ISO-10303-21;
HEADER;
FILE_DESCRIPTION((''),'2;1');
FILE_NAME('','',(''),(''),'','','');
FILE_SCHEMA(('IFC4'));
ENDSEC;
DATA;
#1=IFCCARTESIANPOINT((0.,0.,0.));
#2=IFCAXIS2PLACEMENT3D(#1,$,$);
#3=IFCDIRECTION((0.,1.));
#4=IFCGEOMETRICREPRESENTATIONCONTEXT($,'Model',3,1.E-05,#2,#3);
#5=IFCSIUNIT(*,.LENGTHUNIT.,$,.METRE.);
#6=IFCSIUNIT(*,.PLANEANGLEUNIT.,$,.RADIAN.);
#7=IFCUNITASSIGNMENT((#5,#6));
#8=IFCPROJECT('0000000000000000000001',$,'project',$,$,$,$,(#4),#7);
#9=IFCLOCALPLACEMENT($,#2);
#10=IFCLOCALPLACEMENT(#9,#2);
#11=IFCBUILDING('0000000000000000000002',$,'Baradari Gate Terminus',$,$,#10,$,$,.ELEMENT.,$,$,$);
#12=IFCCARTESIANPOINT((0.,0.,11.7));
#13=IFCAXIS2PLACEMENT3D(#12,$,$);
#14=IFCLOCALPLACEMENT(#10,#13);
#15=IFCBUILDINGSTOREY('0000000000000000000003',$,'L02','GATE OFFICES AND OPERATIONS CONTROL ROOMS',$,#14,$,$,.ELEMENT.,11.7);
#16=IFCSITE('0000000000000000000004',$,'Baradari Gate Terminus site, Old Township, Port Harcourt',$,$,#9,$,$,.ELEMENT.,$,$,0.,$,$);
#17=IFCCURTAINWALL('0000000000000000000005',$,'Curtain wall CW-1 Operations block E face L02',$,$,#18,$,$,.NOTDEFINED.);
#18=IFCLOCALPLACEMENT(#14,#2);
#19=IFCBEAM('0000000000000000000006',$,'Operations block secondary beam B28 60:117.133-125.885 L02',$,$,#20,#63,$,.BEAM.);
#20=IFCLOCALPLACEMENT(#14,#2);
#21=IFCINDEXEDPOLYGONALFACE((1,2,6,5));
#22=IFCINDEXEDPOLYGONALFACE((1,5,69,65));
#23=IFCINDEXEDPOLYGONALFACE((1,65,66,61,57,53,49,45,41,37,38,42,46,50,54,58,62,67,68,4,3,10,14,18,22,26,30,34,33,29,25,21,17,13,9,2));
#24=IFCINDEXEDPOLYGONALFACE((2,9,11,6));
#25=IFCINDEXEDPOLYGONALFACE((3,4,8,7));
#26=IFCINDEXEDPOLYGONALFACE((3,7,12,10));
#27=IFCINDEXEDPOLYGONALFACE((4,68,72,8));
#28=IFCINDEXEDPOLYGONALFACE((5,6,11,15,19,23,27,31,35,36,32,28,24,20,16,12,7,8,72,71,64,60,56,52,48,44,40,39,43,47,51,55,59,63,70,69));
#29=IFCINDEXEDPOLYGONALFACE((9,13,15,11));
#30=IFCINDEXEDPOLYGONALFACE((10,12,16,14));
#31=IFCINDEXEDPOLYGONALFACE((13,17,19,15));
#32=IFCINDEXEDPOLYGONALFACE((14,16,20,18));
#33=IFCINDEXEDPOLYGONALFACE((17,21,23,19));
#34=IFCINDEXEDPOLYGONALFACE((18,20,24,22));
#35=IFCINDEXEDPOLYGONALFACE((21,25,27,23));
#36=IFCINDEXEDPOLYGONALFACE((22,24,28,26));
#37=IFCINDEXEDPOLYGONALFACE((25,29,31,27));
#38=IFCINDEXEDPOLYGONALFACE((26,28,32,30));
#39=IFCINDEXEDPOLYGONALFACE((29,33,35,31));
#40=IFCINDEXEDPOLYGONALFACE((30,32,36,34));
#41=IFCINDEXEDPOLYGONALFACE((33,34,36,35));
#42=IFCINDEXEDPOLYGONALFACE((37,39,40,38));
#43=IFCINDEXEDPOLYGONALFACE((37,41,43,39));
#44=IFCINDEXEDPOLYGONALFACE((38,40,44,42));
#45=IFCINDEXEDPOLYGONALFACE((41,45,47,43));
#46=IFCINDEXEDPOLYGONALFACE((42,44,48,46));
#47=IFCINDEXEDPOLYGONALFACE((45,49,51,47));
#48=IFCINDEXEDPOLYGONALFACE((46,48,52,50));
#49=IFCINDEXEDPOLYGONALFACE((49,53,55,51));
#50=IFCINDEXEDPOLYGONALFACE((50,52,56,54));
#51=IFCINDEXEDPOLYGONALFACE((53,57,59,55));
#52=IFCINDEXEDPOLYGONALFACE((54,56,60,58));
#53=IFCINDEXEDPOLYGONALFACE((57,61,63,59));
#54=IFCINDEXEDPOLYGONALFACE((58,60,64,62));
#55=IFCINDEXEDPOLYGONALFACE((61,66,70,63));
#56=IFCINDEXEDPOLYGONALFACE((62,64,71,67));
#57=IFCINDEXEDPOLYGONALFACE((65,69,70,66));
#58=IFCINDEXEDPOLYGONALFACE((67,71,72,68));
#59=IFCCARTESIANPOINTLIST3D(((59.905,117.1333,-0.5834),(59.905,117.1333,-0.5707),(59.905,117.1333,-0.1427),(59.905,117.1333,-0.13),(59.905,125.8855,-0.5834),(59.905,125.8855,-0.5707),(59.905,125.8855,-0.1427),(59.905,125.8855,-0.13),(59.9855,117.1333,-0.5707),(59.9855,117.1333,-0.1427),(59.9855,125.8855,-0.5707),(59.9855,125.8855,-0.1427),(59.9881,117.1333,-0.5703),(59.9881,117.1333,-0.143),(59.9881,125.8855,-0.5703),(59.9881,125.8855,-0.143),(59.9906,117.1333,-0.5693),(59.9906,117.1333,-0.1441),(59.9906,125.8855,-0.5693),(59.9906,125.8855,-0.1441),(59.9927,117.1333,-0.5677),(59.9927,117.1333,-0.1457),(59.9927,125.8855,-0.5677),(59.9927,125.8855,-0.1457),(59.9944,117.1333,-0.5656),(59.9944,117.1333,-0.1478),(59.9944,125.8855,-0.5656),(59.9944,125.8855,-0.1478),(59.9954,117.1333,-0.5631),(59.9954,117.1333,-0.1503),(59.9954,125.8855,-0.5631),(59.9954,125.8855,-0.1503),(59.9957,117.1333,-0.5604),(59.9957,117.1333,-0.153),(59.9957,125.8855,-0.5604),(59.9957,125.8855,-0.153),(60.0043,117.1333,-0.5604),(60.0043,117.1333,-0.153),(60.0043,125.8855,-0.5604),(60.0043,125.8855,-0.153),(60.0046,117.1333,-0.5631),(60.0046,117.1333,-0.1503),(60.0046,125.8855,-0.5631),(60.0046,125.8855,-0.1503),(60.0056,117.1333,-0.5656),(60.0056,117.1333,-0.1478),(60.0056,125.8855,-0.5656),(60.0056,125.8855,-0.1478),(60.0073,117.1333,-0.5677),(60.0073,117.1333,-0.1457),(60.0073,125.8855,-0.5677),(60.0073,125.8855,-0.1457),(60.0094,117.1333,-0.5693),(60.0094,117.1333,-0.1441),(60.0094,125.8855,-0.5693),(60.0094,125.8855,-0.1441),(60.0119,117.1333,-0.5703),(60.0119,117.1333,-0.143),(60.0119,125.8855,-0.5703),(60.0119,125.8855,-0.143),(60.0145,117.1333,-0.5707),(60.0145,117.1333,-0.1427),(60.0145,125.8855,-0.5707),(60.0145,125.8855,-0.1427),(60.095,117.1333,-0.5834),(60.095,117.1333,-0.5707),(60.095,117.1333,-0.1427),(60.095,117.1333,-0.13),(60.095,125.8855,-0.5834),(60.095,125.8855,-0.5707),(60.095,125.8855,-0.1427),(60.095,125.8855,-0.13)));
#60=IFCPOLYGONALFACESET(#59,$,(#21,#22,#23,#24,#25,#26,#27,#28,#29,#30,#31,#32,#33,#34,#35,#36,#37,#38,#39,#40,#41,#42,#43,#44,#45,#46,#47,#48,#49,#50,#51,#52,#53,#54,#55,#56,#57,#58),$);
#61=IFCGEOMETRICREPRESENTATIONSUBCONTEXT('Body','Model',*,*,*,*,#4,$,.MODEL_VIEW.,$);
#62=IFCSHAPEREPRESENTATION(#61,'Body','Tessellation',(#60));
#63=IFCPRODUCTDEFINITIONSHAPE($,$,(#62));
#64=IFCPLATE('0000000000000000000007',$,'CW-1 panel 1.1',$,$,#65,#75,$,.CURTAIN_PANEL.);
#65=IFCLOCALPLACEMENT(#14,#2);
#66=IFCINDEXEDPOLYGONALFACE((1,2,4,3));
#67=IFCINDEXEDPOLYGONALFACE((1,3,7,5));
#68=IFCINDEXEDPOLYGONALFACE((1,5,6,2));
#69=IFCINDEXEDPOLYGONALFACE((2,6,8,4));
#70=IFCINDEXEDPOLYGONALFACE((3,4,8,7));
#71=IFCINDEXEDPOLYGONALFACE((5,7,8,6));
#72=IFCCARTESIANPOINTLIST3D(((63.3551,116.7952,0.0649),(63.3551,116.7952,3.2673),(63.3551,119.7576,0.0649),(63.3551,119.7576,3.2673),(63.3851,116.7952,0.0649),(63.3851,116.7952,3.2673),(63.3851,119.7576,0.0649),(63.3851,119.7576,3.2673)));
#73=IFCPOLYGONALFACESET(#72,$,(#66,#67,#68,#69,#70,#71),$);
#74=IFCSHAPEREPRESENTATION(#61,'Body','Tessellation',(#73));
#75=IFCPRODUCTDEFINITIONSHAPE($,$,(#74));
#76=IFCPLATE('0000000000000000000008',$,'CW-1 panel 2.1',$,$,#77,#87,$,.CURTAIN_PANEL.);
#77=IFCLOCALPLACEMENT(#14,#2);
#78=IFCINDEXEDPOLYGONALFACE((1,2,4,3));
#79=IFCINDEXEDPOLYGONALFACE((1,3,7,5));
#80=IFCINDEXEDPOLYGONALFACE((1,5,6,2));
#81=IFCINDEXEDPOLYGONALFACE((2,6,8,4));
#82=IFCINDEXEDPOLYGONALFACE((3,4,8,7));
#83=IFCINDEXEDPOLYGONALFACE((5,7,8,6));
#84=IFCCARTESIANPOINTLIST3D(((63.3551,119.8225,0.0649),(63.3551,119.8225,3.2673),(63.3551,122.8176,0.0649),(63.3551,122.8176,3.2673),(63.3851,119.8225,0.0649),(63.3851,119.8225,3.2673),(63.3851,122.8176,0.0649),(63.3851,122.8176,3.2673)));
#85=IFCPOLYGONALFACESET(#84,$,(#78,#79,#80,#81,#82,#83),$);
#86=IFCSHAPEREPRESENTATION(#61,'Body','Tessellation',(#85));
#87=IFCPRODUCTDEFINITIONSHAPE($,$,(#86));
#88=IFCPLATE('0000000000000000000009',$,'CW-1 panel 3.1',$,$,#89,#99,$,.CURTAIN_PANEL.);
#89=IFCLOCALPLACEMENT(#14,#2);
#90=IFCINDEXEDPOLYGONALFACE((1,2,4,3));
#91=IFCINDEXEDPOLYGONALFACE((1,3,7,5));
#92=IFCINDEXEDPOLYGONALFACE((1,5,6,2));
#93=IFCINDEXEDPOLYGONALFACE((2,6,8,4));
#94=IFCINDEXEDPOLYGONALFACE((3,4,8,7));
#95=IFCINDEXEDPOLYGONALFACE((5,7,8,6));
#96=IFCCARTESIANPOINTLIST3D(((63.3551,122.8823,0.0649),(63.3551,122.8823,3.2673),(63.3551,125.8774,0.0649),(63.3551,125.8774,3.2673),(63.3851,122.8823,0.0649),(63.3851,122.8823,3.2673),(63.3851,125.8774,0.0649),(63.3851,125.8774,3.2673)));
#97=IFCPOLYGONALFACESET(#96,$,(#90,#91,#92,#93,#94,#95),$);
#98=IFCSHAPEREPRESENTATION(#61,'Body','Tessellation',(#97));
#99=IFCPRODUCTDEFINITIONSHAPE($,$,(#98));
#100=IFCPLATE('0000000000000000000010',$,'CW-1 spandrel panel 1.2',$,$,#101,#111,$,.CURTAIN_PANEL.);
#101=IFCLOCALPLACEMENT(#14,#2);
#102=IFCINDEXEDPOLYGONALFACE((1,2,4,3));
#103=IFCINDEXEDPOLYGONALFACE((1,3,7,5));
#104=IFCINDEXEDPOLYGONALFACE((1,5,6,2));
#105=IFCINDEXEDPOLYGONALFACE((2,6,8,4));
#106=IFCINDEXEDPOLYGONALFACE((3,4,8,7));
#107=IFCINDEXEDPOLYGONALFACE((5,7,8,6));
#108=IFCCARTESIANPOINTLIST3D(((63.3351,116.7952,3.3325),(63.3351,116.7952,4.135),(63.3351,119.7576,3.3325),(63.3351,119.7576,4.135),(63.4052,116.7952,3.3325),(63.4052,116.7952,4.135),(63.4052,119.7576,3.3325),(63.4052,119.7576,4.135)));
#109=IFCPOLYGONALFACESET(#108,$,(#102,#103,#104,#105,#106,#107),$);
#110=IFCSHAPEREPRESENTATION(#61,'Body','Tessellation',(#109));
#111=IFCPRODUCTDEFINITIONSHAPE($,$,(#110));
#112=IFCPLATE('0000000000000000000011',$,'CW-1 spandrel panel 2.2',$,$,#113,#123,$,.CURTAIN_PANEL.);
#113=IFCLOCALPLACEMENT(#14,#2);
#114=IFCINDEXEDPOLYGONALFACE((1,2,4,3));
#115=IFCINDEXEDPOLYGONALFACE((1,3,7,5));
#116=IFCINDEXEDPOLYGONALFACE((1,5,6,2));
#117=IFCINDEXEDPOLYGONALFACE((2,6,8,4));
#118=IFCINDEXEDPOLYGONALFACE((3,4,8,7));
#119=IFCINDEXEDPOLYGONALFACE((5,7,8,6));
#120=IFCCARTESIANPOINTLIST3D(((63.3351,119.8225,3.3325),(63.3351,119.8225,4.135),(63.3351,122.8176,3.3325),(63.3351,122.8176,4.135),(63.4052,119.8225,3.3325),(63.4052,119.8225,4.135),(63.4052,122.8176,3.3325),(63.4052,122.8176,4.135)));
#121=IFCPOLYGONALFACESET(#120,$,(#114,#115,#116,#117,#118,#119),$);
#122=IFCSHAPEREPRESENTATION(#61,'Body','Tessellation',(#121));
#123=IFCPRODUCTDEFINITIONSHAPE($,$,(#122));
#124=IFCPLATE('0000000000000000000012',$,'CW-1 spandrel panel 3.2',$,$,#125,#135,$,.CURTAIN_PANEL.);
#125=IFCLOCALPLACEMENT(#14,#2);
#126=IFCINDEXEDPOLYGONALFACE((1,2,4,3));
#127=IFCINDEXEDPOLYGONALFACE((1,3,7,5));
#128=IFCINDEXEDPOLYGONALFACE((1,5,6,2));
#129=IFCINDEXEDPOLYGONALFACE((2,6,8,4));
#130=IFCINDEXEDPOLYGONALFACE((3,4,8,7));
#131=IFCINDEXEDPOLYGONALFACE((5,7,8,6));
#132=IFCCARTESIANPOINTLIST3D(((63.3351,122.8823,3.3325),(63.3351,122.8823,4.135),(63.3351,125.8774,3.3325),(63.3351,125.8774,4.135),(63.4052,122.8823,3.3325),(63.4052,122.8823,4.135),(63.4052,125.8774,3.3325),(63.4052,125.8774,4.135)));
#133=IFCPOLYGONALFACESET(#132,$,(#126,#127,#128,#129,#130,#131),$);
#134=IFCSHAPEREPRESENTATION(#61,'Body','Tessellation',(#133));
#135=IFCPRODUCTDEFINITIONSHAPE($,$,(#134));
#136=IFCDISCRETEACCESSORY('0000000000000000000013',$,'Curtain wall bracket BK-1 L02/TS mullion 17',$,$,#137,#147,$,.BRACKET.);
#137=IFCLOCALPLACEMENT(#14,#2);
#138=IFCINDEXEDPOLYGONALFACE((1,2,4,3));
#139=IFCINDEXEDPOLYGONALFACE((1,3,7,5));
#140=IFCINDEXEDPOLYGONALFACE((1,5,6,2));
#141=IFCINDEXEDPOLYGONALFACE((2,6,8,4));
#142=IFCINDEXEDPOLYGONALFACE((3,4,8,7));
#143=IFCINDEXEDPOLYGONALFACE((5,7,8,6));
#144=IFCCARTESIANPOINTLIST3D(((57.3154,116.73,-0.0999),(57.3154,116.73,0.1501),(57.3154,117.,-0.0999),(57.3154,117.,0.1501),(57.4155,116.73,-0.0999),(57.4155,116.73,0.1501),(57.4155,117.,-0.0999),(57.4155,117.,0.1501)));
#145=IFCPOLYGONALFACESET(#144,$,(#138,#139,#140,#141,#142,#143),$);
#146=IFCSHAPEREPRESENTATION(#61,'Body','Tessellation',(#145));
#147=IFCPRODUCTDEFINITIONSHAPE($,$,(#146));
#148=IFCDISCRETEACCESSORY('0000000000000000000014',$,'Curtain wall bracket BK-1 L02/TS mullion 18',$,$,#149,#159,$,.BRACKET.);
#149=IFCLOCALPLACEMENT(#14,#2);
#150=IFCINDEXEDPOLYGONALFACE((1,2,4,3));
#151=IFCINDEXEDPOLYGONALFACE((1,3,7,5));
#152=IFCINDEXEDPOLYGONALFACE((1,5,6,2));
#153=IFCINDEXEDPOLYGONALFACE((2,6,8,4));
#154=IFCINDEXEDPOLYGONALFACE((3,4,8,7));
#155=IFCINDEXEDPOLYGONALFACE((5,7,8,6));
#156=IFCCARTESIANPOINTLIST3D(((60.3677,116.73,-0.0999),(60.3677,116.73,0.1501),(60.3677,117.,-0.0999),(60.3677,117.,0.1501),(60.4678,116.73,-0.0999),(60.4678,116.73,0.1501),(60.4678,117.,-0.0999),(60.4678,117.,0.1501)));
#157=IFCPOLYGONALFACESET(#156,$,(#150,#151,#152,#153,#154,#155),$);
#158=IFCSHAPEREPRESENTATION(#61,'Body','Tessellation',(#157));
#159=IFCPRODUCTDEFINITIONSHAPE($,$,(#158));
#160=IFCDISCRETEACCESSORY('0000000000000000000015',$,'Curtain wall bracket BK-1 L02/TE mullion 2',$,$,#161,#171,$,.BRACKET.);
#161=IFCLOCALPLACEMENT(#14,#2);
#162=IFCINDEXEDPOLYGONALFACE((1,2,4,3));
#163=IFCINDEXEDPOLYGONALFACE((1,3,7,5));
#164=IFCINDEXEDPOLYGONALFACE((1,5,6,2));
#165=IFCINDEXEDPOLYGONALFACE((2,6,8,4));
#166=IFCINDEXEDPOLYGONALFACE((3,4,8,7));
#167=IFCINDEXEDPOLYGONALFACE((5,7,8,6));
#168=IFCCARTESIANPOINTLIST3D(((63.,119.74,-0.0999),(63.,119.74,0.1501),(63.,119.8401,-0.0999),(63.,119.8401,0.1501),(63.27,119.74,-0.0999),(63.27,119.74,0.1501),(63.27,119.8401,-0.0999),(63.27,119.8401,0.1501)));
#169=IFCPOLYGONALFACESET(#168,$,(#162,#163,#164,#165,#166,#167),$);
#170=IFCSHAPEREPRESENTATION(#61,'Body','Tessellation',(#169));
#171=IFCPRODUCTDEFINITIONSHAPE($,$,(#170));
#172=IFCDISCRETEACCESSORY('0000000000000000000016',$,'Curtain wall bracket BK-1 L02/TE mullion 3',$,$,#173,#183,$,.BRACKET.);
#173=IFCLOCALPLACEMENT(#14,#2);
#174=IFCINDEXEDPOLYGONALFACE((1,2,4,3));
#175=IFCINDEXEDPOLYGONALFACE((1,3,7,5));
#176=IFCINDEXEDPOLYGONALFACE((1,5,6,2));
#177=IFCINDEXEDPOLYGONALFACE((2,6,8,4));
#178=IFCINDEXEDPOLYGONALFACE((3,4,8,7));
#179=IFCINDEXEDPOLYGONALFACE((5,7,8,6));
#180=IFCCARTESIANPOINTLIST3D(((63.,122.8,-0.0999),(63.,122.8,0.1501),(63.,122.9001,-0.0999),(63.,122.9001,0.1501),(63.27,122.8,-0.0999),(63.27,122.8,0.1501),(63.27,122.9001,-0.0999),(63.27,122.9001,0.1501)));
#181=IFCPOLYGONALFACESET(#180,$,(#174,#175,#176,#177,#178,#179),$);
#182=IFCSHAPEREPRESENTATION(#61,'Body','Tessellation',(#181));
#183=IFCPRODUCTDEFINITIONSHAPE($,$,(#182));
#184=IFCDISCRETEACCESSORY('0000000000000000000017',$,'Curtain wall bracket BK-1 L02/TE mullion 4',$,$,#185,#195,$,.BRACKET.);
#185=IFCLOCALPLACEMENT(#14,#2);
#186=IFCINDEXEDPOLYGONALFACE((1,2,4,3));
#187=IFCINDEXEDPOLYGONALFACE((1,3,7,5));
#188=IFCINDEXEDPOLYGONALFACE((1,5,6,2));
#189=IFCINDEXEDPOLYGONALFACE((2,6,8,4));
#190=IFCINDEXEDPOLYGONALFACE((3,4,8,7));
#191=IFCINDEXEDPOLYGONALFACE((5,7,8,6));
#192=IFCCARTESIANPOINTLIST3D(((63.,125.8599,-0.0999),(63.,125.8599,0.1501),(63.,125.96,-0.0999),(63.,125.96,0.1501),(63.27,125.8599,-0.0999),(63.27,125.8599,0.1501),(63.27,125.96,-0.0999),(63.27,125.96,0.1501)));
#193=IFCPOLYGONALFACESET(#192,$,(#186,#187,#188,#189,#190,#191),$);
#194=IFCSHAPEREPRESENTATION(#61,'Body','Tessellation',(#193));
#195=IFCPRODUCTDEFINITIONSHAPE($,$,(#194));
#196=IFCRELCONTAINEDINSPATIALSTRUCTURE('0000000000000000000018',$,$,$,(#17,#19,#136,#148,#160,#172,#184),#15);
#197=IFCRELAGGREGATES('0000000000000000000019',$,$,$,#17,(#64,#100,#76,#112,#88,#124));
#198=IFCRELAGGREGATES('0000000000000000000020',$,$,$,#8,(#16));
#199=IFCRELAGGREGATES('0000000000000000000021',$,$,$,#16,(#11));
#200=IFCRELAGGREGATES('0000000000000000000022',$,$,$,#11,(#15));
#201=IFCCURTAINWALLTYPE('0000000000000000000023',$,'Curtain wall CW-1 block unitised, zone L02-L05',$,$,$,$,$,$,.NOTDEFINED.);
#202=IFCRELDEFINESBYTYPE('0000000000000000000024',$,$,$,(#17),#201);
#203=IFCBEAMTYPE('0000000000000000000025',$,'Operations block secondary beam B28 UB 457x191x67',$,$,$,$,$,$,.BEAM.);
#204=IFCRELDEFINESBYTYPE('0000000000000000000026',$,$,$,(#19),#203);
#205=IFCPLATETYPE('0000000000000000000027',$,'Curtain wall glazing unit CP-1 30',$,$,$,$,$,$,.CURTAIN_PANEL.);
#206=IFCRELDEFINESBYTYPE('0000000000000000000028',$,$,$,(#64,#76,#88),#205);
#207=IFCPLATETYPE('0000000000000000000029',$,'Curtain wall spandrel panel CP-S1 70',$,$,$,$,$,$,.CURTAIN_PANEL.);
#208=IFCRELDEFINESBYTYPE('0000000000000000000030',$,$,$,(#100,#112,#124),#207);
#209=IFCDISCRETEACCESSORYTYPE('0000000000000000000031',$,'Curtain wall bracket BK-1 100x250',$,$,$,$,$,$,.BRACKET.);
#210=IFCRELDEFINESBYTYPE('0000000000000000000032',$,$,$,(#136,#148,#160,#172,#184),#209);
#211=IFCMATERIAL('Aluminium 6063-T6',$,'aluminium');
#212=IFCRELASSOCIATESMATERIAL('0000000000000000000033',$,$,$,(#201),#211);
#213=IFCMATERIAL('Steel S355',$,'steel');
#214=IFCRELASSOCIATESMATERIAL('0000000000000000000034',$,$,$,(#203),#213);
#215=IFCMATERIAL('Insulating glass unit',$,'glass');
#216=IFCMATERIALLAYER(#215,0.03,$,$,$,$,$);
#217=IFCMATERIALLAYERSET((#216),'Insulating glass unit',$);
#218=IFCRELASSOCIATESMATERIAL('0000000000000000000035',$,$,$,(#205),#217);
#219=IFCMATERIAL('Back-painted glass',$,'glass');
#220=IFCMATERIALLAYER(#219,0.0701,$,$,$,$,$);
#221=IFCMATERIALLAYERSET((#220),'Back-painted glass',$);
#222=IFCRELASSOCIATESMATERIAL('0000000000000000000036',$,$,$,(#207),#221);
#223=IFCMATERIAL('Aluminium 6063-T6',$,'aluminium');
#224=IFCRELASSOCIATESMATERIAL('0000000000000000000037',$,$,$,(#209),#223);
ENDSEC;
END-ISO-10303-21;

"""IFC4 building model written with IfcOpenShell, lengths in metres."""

from ifc_helpers import new_model, si_unit, direction, frame, origin, origin_2d, place, context, subcontext, project, spatial, rectangle, i_section, extrude, material, layer, layer_set, material_profile, profile_set, type_object, element, aggregate, save


model = new_model("IFC4")

# Units and contexts
model_context = context("Model", 3, precision=1e-05, world=origin(), true_north=direction((0.0, 1.0)))
body_context = subcontext(model_context, "Body", "Model", "MODEL_VIEW")
ifc_project = project(units=[si_unit("LENGTHUNIT", "METRE"), si_unit("PLANEANGLEUNIT", "RADIAN")], contexts=[model_context])

# Site, building, storey
site_placement = place(None, origin())
site = spatial("IfcSite", under=ifc_project, at=site_placement, Name="Baradari Gate Terminus site, Old Township, Port Harcourt", CompositionType="ELEMENT", RefElevation=0.0)
building_placement = place(site_placement, origin())
building = spatial("IfcBuilding", under=site, at=building_placement, Name="Baradari Gate Terminus", CompositionType="ELEMENT")
storey_placement = place(building_placement, frame((0.0, 0.0, 11.7)))
storey = spatial("IfcBuildingStorey", under=building, at=storey_placement, Name="L02", Description="GATE OFFICES AND OPERATIONS CONTROL ROOMS", CompositionType="ELEMENT", Elevation=11.7)

# Curtain wall
ifc_material_1 = material(Name="Aluminium 6063-T6", Category="aluminium")
curtain_wall_type = type_object("IfcCurtainWallType", Name="Curtain wall CW-1 block unitised, zone L02-L05", PredefinedType="NOTDEFINED", material=ifc_material_1)
curtain_wall_placement = place(storey_placement, origin())
curtain_wall = element("IfcCurtainWall", 1, at=curtain_wall_placement, inside=storey, type_object=curtain_wall_type, Name="Curtain wall CW-1 Operations block E face L02", PredefinedType="NOTDEFINED")

# Beam
ifc_material_2 = material(Name="Steel S355", Category="steel")
ifc_material_profile_1 = material_profile(ifc_material_2, i_section(OverallWidth=0.1899, OverallDepth=0.4534, WebThickness=0.0085, FlangeThickness=0.0127, FilletRadius=0.0103, at=origin_2d()), Name="UB 457x191x67")
ifc_profile_set_1 = profile_set([ifc_material_profile_1], Name="Steel S355")
beam_type_1 = type_object("IfcBeamType", Name="Operations block secondary beam B28 UB 457x191x67", PredefinedType="BEAM", material=ifc_profile_set_1)
beam_1_placement = place(storey_placement, frame((60.0, 117.1333, -0.3567), z_axis=(0.0, 1.0, 0.0), x_axis=(-1.0, 0.0, 0.0)))
element("IfcBeam", 2, at=beam_1_placement, inside=storey, type_object=beam_type_1, Name="Operations block secondary beam B28 60:117.133-125.885 L02", PredefinedType="BEAM", context=body_context, shape_type="SweptSolid", body=[
    extrude(i_section(OverallWidth=0.1899, OverallDepth=0.4534, WebThickness=0.0085, FlangeThickness=0.0127, FilletRadius=0.0103, at=origin_2d()), origin(), (0.0, 0.0, 1.0), 8.7522),
])

# Plates
ifc_material_3 = material(Name="Insulating glass unit", Category="glass")
ifc_layer_1 = layer(ifc_material_3, 0.03)
ifc_layer_set_1 = layer_set([ifc_layer_1], Name="Insulating glass unit")
plate_type_1 = type_object("IfcPlateType", Name="Curtain wall glazing unit CP-1 30", PredefinedType="CURTAIN_PANEL", material=ifc_layer_set_1)
plate_1_placement = place(storey_placement, frame((63.3701, 118.2764, 0.0649), z_axis=(0.0, 0.0, 1.0), x_axis=(0.0, 1.0, 0.0)))
plate_1 = element("IfcPlate", 3, at=plate_1_placement, type_object=plate_type_1, Name="CW-1 panel 1.1", PredefinedType="CURTAIN_PANEL", context=body_context, shape_type="SweptSolid", body=[
    extrude(rectangle(XDim=2.9624, YDim=0.03, at=origin_2d()), origin(), (0.0, 0.0, 1.0), 3.2024),
])
plate_2_placement = place(storey_placement, frame((63.3701, 121.3201, 0.0649), z_axis=(0.0, 0.0, 1.0), x_axis=(0.0, 1.0, 0.0)))
plate_2 = element("IfcPlate", 4, at=plate_2_placement, type_object=plate_type_1, Name="CW-1 panel 2.1", PredefinedType="CURTAIN_PANEL", context=body_context, shape_type="SweptSolid", body=[
    extrude(rectangle(XDim=2.9951, YDim=0.03, at=origin_2d()), origin(), (0.0, 0.0, 1.0), 3.2024),
])
plate_3_placement = place(storey_placement, frame((63.3701, 124.3799, 0.0649), z_axis=(0.0, 0.0, 1.0), x_axis=(0.0, 1.0, 0.0)))
plate_3 = element("IfcPlate", 5, at=plate_3_placement, type_object=plate_type_1, Name="CW-1 panel 3.1", PredefinedType="CURTAIN_PANEL", context=body_context, shape_type="SweptSolid", body=[
    extrude(rectangle(XDim=2.9951, YDim=0.03, at=origin_2d()), origin(), (0.0, 0.0, 1.0), 3.2024),
])
ifc_material_4 = material(Name="Back-painted glass", Category="glass")
ifc_layer_2 = layer(ifc_material_4, 0.0701)
ifc_layer_set_2 = layer_set([ifc_layer_2], Name="Back-painted glass")
plate_type_2 = type_object("IfcPlateType", Name="Curtain wall spandrel panel CP-S1 70", PredefinedType="CURTAIN_PANEL", material=ifc_layer_set_2)
plate_4_placement = place(storey_placement, frame((63.3701, 118.2764, 3.3325), z_axis=(0.0, 0.0, 1.0), x_axis=(0.0, 1.0, 0.0)))
plate_4 = element("IfcPlate", 6, at=plate_4_placement, type_object=plate_type_2, Name="CW-1 spandrel panel 1.2", PredefinedType="CURTAIN_PANEL", context=body_context, shape_type="SweptSolid", body=[
    extrude(rectangle(XDim=2.9624, YDim=0.0701, at=origin_2d()), origin(), (0.0, 0.0, 1.0), 0.8025),
])
plate_5_placement = place(storey_placement, frame((63.3701, 121.3201, 3.3325), z_axis=(0.0, 0.0, 1.0), x_axis=(0.0, 1.0, 0.0)))
plate_5 = element("IfcPlate", 7, at=plate_5_placement, type_object=plate_type_2, Name="CW-1 spandrel panel 2.2", PredefinedType="CURTAIN_PANEL", context=body_context, shape_type="SweptSolid", body=[
    extrude(rectangle(XDim=2.9951, YDim=0.0701, at=origin_2d()), origin(), (0.0, 0.0, 1.0), 0.8025),
])
plate_6_placement = place(storey_placement, frame((63.3701, 124.3799, 3.3325), z_axis=(0.0, 0.0, 1.0), x_axis=(0.0, 1.0, 0.0)))
plate_6 = element("IfcPlate", 8, at=plate_6_placement, type_object=plate_type_2, Name="CW-1 spandrel panel 3.2", PredefinedType="CURTAIN_PANEL", context=body_context, shape_type="SweptSolid", body=[
    extrude(rectangle(XDim=2.9951, YDim=0.0701, at=origin_2d()), origin(), (0.0, 0.0, 1.0), 0.8025),
])
aggregate(curtain_wall, [plate_1, plate_4, plate_2, plate_5, plate_3, plate_6])

# Discrete accessories
ifc_material_5 = material(Name="Aluminium 6063-T6", Category="aluminium")
discrete_accessory_type = type_object("IfcDiscreteAccessoryType", Name="Curtain wall bracket BK-1 100x250", PredefinedType="BRACKET", material=ifc_material_5)
for number, where, z_axis, x_axis, name in (
    (9, (57.3655, 116.865, -0.0999), (0.0, 0.0, 1.0), (0.0, -1.0, 0.0), "Curtain wall bracket BK-1 L02/TS mullion 17"),
    (10, (60.4177, 116.865, -0.0999), (0.0, 0.0, 1.0), (0.0, -1.0, 0.0), "Curtain wall bracket BK-1 L02/TS mullion 18"),
    (11, (63.135, 119.79, -0.0999), (0.0, 0.0, 1.0), (1.0, 0.0, 0.0), "Curtain wall bracket BK-1 L02/TE mullion 2"),
    (12, (63.135, 122.8501, -0.0999), (0.0, 0.0, 1.0), (1.0, 0.0, 0.0), "Curtain wall bracket BK-1 L02/TE mullion 3"),
    (13, (63.135, 125.9099, -0.0999), (0.0, 0.0, 1.0), (1.0, 0.0, 0.0), "Curtain wall bracket BK-1 L02/TE mullion 4"),
):
    element("IfcDiscreteAccessory", number, at=place(storey_placement, frame(where, z_axis=z_axis, x_axis=x_axis)), inside=storey, type_object=discrete_accessory_type, Name=name, PredefinedType="BRACKET", context=body_context, shape_type="SweptSolid", body=[
        extrude(rectangle(XDim=0.27, YDim=0.1001, at=origin_2d()), origin(), (0.0, 0.0, 1.0), 0.25),
    ])

save(model, "model.ifc")
